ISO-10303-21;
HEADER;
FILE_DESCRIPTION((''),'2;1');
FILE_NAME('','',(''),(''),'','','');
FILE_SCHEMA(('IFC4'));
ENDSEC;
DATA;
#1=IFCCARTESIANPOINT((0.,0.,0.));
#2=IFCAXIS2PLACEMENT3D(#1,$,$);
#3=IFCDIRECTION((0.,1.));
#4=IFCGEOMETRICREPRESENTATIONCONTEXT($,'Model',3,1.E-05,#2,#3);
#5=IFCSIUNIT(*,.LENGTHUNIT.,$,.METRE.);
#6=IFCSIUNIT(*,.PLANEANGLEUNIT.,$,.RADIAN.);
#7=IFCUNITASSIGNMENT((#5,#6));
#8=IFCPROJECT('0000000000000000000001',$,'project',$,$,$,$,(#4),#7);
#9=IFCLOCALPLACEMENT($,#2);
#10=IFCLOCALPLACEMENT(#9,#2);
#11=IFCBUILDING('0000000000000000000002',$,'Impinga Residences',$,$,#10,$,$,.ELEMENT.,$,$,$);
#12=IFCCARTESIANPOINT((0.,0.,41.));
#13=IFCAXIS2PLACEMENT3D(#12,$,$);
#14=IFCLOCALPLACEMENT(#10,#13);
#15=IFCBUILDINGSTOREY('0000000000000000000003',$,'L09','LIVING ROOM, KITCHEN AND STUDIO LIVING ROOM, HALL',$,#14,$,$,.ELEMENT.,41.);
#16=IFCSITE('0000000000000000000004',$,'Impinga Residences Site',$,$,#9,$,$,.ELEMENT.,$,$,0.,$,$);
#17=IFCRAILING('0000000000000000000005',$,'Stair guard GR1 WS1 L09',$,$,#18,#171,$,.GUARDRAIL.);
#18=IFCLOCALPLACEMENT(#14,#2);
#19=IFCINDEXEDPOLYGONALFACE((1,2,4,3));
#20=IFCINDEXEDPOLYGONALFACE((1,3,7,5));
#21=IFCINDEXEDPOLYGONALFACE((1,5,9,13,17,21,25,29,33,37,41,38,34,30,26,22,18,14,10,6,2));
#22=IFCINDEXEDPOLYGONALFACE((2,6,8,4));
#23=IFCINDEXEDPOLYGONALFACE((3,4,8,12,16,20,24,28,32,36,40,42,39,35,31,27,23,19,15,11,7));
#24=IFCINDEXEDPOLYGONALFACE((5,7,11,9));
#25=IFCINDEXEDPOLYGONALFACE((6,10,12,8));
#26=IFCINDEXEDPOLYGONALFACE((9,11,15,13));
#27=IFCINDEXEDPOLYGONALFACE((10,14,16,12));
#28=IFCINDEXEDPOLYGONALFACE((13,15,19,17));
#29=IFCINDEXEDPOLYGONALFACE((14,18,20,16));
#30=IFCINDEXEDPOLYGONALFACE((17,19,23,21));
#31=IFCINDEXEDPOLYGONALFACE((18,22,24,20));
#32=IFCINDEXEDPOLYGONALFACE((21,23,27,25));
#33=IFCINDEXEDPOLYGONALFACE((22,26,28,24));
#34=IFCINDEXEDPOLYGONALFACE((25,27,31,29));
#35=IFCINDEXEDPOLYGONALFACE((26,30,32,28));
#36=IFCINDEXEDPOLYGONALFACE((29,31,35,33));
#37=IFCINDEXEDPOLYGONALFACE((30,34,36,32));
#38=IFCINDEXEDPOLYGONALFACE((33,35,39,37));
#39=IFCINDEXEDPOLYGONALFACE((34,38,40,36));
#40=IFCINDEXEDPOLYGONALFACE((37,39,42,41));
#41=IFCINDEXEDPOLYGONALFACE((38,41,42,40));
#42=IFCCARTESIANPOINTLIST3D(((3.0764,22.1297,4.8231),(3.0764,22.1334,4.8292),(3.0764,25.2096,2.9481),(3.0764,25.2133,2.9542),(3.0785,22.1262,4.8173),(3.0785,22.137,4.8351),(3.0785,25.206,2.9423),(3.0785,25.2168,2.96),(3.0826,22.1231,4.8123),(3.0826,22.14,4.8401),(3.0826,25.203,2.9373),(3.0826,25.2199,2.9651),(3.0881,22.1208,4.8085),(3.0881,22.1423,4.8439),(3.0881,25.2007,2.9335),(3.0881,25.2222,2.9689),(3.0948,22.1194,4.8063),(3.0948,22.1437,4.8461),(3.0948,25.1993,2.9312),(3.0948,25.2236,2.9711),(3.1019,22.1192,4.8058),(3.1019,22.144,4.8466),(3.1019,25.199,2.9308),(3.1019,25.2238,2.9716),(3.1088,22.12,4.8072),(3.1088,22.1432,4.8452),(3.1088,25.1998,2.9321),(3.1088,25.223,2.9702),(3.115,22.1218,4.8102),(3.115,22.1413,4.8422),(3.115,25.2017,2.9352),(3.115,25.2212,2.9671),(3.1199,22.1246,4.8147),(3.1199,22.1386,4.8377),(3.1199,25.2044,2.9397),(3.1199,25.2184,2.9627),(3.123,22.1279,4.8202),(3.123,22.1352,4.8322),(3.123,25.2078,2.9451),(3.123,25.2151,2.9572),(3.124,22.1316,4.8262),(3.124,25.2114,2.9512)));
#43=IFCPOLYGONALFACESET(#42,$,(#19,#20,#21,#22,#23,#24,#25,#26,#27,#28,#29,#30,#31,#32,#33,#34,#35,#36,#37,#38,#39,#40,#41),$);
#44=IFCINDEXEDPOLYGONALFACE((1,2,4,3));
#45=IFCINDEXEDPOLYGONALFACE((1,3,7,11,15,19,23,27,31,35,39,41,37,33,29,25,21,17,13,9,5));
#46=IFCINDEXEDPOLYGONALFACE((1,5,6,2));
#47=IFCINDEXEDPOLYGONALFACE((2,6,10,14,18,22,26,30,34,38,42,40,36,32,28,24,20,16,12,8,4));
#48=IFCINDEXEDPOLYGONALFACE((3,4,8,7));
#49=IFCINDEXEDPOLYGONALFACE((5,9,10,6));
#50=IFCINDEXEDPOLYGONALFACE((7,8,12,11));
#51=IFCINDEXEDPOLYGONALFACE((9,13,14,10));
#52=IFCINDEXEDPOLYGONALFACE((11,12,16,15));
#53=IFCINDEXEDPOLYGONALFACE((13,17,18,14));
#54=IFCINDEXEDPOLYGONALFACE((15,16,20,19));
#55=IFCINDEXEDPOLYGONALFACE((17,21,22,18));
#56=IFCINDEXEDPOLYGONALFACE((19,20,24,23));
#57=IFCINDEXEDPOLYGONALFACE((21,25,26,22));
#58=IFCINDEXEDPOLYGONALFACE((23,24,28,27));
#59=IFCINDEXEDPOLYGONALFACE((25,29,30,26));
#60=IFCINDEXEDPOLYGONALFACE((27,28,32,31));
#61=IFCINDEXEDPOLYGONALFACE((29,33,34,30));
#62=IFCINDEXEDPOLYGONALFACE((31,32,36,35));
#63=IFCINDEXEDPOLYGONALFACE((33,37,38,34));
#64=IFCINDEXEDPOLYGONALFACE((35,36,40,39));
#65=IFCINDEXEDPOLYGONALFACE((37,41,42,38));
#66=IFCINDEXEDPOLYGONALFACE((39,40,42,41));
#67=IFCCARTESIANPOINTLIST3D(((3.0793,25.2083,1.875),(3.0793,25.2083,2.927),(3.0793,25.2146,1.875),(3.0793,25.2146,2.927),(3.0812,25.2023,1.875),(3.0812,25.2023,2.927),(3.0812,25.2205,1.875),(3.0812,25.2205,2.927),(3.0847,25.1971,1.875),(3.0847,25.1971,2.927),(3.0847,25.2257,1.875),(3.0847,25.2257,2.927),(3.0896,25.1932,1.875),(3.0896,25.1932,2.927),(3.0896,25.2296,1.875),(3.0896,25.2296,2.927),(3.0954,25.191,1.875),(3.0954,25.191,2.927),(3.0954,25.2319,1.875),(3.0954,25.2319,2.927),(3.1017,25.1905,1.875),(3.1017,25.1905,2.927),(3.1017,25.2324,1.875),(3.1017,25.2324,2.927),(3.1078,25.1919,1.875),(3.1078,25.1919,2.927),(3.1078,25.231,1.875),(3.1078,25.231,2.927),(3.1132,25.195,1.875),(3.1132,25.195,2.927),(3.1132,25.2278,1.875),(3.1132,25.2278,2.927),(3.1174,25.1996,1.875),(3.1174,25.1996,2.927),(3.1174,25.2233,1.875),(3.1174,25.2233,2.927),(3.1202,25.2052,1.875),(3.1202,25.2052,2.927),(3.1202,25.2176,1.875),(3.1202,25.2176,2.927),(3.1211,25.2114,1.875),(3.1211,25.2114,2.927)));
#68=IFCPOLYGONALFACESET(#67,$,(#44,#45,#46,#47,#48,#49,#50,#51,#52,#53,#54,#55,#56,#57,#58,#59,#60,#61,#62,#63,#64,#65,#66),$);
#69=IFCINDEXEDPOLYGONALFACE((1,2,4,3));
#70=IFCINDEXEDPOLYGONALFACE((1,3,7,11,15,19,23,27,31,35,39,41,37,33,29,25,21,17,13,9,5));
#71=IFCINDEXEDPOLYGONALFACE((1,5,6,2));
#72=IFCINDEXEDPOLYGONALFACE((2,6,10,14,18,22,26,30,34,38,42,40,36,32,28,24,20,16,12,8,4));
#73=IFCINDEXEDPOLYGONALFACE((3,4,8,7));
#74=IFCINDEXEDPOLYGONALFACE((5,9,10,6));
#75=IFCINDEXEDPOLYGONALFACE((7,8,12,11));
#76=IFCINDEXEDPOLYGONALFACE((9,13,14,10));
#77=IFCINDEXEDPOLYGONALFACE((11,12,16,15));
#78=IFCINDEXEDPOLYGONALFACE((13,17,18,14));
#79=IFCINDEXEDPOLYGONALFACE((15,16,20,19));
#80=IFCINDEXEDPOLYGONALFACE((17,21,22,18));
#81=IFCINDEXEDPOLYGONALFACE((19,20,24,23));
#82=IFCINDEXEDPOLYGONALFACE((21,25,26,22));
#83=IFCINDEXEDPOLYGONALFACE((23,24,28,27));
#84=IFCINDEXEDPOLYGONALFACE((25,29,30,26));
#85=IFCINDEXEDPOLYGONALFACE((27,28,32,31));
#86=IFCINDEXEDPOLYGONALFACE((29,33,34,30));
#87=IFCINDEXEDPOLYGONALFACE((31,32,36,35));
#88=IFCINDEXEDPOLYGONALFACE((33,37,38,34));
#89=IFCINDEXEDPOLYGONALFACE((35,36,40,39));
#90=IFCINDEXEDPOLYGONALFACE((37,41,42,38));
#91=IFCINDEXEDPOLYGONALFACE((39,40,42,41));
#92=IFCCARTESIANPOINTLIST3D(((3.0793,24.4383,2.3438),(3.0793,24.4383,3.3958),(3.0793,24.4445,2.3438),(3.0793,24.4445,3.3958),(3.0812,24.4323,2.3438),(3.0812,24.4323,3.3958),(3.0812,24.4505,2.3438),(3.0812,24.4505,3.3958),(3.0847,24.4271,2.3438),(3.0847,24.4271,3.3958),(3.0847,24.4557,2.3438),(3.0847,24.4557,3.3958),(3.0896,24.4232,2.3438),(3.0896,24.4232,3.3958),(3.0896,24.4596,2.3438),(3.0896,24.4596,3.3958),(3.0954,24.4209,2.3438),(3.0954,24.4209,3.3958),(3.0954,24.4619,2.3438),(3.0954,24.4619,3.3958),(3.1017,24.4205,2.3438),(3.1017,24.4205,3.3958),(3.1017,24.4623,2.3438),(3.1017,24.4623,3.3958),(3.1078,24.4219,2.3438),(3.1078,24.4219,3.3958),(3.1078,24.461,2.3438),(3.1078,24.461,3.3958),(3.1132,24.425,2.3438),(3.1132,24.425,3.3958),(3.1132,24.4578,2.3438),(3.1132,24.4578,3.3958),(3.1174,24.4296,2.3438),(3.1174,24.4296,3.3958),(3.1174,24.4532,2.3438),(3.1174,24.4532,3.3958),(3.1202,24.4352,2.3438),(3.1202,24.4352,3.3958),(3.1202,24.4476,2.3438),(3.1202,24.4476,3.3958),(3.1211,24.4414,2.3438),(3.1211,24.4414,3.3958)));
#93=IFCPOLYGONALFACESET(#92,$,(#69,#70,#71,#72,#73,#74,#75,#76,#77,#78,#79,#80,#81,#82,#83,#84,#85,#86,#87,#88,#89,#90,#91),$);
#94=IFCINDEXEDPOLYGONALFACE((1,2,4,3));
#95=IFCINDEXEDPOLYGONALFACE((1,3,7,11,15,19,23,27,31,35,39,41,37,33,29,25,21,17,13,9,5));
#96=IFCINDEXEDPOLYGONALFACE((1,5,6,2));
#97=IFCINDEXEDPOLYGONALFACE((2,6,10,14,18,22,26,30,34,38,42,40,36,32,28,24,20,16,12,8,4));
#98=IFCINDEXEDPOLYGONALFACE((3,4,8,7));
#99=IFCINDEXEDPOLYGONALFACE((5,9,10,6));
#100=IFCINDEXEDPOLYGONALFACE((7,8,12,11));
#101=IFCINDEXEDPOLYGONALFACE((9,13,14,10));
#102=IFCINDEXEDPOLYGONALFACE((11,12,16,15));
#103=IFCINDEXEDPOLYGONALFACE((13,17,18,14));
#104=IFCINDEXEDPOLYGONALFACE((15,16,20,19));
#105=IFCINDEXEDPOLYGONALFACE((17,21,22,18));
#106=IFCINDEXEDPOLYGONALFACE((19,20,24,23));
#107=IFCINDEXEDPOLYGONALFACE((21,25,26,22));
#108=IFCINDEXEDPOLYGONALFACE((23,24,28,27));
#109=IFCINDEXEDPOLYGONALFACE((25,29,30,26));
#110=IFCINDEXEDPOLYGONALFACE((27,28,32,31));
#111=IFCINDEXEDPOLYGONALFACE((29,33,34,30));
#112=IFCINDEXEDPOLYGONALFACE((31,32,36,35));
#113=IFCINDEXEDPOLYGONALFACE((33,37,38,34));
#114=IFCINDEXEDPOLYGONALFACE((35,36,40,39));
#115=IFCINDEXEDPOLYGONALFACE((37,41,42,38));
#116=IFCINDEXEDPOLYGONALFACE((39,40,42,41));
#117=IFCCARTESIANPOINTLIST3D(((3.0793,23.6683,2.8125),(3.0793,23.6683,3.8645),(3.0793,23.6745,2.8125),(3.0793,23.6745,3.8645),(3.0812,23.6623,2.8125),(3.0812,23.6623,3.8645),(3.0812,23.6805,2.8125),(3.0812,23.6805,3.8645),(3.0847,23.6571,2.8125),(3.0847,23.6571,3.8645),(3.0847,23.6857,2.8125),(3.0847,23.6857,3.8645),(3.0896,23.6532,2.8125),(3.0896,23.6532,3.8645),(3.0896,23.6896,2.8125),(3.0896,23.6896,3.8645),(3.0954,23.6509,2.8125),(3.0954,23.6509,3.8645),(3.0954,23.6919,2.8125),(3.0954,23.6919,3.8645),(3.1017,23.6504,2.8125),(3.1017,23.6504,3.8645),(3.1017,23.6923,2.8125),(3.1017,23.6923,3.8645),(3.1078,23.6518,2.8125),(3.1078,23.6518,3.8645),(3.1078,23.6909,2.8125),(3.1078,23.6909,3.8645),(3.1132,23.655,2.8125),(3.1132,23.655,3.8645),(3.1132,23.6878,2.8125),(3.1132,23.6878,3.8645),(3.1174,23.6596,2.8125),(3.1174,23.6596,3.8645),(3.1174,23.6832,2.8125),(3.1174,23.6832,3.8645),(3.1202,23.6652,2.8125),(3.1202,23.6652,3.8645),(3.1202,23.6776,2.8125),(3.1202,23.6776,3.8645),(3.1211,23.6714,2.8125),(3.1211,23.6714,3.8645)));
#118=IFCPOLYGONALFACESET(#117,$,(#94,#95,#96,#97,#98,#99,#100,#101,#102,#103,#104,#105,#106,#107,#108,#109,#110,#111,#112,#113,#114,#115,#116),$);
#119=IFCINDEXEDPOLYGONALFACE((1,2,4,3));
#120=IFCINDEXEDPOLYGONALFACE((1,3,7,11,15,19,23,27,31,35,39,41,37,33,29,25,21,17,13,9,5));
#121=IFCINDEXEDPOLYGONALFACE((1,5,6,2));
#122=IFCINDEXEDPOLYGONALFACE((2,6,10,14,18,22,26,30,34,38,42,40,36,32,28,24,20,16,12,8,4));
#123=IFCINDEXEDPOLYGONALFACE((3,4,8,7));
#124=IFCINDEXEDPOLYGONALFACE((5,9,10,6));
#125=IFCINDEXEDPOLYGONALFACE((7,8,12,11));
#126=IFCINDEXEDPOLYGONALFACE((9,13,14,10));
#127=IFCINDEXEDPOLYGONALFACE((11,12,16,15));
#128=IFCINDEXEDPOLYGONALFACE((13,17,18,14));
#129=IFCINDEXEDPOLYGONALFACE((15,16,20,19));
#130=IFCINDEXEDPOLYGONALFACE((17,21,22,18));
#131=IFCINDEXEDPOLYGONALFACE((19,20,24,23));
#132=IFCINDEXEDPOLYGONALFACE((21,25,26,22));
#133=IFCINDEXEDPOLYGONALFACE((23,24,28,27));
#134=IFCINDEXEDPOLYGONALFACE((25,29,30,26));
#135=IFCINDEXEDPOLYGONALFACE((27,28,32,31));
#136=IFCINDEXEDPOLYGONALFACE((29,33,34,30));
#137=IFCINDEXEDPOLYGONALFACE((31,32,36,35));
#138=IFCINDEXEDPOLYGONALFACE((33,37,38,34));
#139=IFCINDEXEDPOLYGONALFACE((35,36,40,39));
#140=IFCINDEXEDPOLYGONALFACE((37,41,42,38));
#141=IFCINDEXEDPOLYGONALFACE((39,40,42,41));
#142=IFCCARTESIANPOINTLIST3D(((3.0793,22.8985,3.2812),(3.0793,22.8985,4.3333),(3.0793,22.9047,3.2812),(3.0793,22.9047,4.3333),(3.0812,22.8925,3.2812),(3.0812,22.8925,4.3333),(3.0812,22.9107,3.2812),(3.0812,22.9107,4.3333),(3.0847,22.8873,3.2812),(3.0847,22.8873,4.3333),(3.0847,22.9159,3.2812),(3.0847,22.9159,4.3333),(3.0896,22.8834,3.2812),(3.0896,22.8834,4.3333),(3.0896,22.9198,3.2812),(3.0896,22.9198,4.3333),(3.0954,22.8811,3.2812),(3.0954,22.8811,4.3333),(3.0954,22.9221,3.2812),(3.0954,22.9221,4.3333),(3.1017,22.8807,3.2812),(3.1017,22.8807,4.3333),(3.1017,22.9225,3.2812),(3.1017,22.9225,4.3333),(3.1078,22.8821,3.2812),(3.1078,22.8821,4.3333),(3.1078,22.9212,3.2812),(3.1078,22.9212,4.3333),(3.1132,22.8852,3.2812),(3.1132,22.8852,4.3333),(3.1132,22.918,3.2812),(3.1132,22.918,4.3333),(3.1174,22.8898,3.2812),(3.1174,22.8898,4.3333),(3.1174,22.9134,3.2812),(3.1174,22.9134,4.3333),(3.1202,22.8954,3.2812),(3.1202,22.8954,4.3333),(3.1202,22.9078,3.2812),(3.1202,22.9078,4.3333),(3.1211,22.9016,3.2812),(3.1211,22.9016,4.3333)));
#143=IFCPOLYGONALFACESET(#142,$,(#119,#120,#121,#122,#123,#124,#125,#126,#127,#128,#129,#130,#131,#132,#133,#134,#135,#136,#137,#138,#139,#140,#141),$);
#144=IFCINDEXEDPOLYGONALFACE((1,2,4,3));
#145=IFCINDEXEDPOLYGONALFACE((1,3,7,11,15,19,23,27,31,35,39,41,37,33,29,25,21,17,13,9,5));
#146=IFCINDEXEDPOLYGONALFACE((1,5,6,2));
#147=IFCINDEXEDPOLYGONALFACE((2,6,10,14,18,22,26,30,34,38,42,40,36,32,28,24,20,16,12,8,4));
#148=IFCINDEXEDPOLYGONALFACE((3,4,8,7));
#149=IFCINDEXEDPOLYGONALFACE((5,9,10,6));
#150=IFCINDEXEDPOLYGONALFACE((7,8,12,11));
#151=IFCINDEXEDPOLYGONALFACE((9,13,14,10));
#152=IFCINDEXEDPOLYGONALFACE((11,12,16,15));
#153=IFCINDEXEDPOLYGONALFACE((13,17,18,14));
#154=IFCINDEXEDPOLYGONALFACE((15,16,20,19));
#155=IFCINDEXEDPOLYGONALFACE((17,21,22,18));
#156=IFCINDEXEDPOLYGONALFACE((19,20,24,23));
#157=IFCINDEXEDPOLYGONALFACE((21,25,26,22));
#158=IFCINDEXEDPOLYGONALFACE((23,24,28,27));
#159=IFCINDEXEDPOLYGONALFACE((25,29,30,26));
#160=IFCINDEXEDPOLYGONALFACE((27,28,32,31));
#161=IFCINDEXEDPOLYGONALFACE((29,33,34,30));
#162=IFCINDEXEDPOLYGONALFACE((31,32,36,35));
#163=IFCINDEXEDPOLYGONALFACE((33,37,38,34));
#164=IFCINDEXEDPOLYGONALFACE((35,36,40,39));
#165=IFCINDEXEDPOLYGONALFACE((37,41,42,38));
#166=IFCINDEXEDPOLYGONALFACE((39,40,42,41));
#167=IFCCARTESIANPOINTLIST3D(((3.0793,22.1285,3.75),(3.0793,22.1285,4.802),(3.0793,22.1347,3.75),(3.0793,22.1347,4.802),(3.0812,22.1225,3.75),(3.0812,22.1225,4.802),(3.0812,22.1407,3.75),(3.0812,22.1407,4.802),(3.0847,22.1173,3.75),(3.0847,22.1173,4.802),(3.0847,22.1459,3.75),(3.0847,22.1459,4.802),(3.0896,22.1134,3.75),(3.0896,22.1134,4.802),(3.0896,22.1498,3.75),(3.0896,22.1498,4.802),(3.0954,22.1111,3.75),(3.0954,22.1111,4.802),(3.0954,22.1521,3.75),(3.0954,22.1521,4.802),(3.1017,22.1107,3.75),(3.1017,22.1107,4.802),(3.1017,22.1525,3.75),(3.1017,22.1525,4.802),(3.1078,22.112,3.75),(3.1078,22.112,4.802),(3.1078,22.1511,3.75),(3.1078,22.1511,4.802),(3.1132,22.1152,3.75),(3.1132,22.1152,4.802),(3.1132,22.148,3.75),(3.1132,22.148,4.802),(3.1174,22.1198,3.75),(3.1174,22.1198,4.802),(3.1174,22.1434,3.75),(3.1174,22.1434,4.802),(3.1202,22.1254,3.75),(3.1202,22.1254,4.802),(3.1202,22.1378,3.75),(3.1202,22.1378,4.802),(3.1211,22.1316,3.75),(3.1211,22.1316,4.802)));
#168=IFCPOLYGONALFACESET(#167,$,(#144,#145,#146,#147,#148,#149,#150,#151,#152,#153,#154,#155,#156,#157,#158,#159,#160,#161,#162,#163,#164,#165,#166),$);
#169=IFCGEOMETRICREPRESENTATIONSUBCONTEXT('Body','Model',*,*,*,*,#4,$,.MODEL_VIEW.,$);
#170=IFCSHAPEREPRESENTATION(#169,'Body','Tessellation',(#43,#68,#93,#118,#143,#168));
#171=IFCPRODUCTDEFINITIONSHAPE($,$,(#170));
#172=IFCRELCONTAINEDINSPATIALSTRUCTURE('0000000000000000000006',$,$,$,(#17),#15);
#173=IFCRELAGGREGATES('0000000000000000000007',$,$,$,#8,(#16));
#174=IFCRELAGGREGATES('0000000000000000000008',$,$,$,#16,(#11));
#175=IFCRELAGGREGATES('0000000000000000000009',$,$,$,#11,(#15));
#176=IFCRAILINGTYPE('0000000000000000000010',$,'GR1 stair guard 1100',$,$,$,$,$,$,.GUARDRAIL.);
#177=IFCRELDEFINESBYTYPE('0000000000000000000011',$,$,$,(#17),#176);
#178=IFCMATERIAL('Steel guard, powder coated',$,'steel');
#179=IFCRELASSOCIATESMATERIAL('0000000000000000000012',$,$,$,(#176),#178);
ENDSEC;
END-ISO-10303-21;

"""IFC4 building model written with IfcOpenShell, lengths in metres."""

from ifc_helpers import new_model, si_unit, direction, frame, origin, origin_2d, place, context, subcontext, project, spatial, circle, extrude, material, type_object, element, save


model = new_model("IFC4")

# Units and contexts
model_context = context("Model", 3, precision=1e-05, world=origin(), true_north=direction((0.0, 1.0)))
body_context = subcontext(model_context, "Body", "Model", "MODEL_VIEW")
ifc_project = project(units=[si_unit("LENGTHUNIT", "METRE"), si_unit("PLANEANGLEUNIT", "RADIAN")], contexts=[model_context])

# Site, building, storey
site_placement = place(None, origin())
site = spatial("IfcSite", under=ifc_project, at=site_placement, Name="Impinga Residences Site", CompositionType="ELEMENT", RefElevation=0.0)
building_placement = place(site_placement, origin())
building = spatial("IfcBuilding", under=site, at=building_placement, Name="Impinga Residences", CompositionType="ELEMENT")
storey_placement = place(building_placement, frame((0.0, 0.0, 41.0)))
storey = spatial("IfcBuildingStorey", under=building, at=storey_placement, Name="L09", Description="LIVING ROOM, KITCHEN AND STUDIO LIVING ROOM, HALL", CompositionType="ELEMENT", Elevation=41.0)

# Railing
ifc_material_1 = material(Name="Steel guard, powder coated", Category="steel")
railing_type_1 = type_object("IfcRailingType", Name="GR1 stair guard 1100", PredefinedType="GUARDRAIL", material=ifc_material_1)
railing_1_placement = place(storey_placement, frame((3.1001, 25.2114, 1.875)))
element("IfcRailing", 1, at=railing_1_placement, inside=storey, type_object=railing_type_1, Name="Stair guard GR1 WS1 L09", PredefinedType="GUARDRAIL", context=body_context, shape_type="SweptSolid", body=[
    extrude(circle(Radius=0.0239, at=origin_2d()), frame((0.0, 0.0, 1.0762), z_axis=(0.0, -0.854159, 0.520011), x_axis=(1.0, 0.0, 0.0)), (0.0, 0.0, 1.0), 3.6057),
    extrude(circle(Radius=0.021, at=origin_2d()), origin(), (0.0, 0.0, 1.0), 1.052),
    extrude(circle(Radius=0.021, at=origin_2d()), frame((0.0, -0.77, 0.4688)), (0.0, 0.0, 1.0), 1.052),
    extrude(circle(Radius=0.021, at=origin_2d()), frame((0.0, -1.54, 0.9375)), (0.0, 0.0, 1.0), 1.052),
    extrude(circle(Radius=0.021, at=origin_2d()), frame((0.0, -2.3098, 1.4062)), (0.0, 0.0, 1.0), 1.052),
    extrude(circle(Radius=0.021, at=origin_2d()), frame((0.0, -3.0798, 1.875)), (0.0, 0.0, 1.0), 1.052),
])

save(model, "model.ifc")
